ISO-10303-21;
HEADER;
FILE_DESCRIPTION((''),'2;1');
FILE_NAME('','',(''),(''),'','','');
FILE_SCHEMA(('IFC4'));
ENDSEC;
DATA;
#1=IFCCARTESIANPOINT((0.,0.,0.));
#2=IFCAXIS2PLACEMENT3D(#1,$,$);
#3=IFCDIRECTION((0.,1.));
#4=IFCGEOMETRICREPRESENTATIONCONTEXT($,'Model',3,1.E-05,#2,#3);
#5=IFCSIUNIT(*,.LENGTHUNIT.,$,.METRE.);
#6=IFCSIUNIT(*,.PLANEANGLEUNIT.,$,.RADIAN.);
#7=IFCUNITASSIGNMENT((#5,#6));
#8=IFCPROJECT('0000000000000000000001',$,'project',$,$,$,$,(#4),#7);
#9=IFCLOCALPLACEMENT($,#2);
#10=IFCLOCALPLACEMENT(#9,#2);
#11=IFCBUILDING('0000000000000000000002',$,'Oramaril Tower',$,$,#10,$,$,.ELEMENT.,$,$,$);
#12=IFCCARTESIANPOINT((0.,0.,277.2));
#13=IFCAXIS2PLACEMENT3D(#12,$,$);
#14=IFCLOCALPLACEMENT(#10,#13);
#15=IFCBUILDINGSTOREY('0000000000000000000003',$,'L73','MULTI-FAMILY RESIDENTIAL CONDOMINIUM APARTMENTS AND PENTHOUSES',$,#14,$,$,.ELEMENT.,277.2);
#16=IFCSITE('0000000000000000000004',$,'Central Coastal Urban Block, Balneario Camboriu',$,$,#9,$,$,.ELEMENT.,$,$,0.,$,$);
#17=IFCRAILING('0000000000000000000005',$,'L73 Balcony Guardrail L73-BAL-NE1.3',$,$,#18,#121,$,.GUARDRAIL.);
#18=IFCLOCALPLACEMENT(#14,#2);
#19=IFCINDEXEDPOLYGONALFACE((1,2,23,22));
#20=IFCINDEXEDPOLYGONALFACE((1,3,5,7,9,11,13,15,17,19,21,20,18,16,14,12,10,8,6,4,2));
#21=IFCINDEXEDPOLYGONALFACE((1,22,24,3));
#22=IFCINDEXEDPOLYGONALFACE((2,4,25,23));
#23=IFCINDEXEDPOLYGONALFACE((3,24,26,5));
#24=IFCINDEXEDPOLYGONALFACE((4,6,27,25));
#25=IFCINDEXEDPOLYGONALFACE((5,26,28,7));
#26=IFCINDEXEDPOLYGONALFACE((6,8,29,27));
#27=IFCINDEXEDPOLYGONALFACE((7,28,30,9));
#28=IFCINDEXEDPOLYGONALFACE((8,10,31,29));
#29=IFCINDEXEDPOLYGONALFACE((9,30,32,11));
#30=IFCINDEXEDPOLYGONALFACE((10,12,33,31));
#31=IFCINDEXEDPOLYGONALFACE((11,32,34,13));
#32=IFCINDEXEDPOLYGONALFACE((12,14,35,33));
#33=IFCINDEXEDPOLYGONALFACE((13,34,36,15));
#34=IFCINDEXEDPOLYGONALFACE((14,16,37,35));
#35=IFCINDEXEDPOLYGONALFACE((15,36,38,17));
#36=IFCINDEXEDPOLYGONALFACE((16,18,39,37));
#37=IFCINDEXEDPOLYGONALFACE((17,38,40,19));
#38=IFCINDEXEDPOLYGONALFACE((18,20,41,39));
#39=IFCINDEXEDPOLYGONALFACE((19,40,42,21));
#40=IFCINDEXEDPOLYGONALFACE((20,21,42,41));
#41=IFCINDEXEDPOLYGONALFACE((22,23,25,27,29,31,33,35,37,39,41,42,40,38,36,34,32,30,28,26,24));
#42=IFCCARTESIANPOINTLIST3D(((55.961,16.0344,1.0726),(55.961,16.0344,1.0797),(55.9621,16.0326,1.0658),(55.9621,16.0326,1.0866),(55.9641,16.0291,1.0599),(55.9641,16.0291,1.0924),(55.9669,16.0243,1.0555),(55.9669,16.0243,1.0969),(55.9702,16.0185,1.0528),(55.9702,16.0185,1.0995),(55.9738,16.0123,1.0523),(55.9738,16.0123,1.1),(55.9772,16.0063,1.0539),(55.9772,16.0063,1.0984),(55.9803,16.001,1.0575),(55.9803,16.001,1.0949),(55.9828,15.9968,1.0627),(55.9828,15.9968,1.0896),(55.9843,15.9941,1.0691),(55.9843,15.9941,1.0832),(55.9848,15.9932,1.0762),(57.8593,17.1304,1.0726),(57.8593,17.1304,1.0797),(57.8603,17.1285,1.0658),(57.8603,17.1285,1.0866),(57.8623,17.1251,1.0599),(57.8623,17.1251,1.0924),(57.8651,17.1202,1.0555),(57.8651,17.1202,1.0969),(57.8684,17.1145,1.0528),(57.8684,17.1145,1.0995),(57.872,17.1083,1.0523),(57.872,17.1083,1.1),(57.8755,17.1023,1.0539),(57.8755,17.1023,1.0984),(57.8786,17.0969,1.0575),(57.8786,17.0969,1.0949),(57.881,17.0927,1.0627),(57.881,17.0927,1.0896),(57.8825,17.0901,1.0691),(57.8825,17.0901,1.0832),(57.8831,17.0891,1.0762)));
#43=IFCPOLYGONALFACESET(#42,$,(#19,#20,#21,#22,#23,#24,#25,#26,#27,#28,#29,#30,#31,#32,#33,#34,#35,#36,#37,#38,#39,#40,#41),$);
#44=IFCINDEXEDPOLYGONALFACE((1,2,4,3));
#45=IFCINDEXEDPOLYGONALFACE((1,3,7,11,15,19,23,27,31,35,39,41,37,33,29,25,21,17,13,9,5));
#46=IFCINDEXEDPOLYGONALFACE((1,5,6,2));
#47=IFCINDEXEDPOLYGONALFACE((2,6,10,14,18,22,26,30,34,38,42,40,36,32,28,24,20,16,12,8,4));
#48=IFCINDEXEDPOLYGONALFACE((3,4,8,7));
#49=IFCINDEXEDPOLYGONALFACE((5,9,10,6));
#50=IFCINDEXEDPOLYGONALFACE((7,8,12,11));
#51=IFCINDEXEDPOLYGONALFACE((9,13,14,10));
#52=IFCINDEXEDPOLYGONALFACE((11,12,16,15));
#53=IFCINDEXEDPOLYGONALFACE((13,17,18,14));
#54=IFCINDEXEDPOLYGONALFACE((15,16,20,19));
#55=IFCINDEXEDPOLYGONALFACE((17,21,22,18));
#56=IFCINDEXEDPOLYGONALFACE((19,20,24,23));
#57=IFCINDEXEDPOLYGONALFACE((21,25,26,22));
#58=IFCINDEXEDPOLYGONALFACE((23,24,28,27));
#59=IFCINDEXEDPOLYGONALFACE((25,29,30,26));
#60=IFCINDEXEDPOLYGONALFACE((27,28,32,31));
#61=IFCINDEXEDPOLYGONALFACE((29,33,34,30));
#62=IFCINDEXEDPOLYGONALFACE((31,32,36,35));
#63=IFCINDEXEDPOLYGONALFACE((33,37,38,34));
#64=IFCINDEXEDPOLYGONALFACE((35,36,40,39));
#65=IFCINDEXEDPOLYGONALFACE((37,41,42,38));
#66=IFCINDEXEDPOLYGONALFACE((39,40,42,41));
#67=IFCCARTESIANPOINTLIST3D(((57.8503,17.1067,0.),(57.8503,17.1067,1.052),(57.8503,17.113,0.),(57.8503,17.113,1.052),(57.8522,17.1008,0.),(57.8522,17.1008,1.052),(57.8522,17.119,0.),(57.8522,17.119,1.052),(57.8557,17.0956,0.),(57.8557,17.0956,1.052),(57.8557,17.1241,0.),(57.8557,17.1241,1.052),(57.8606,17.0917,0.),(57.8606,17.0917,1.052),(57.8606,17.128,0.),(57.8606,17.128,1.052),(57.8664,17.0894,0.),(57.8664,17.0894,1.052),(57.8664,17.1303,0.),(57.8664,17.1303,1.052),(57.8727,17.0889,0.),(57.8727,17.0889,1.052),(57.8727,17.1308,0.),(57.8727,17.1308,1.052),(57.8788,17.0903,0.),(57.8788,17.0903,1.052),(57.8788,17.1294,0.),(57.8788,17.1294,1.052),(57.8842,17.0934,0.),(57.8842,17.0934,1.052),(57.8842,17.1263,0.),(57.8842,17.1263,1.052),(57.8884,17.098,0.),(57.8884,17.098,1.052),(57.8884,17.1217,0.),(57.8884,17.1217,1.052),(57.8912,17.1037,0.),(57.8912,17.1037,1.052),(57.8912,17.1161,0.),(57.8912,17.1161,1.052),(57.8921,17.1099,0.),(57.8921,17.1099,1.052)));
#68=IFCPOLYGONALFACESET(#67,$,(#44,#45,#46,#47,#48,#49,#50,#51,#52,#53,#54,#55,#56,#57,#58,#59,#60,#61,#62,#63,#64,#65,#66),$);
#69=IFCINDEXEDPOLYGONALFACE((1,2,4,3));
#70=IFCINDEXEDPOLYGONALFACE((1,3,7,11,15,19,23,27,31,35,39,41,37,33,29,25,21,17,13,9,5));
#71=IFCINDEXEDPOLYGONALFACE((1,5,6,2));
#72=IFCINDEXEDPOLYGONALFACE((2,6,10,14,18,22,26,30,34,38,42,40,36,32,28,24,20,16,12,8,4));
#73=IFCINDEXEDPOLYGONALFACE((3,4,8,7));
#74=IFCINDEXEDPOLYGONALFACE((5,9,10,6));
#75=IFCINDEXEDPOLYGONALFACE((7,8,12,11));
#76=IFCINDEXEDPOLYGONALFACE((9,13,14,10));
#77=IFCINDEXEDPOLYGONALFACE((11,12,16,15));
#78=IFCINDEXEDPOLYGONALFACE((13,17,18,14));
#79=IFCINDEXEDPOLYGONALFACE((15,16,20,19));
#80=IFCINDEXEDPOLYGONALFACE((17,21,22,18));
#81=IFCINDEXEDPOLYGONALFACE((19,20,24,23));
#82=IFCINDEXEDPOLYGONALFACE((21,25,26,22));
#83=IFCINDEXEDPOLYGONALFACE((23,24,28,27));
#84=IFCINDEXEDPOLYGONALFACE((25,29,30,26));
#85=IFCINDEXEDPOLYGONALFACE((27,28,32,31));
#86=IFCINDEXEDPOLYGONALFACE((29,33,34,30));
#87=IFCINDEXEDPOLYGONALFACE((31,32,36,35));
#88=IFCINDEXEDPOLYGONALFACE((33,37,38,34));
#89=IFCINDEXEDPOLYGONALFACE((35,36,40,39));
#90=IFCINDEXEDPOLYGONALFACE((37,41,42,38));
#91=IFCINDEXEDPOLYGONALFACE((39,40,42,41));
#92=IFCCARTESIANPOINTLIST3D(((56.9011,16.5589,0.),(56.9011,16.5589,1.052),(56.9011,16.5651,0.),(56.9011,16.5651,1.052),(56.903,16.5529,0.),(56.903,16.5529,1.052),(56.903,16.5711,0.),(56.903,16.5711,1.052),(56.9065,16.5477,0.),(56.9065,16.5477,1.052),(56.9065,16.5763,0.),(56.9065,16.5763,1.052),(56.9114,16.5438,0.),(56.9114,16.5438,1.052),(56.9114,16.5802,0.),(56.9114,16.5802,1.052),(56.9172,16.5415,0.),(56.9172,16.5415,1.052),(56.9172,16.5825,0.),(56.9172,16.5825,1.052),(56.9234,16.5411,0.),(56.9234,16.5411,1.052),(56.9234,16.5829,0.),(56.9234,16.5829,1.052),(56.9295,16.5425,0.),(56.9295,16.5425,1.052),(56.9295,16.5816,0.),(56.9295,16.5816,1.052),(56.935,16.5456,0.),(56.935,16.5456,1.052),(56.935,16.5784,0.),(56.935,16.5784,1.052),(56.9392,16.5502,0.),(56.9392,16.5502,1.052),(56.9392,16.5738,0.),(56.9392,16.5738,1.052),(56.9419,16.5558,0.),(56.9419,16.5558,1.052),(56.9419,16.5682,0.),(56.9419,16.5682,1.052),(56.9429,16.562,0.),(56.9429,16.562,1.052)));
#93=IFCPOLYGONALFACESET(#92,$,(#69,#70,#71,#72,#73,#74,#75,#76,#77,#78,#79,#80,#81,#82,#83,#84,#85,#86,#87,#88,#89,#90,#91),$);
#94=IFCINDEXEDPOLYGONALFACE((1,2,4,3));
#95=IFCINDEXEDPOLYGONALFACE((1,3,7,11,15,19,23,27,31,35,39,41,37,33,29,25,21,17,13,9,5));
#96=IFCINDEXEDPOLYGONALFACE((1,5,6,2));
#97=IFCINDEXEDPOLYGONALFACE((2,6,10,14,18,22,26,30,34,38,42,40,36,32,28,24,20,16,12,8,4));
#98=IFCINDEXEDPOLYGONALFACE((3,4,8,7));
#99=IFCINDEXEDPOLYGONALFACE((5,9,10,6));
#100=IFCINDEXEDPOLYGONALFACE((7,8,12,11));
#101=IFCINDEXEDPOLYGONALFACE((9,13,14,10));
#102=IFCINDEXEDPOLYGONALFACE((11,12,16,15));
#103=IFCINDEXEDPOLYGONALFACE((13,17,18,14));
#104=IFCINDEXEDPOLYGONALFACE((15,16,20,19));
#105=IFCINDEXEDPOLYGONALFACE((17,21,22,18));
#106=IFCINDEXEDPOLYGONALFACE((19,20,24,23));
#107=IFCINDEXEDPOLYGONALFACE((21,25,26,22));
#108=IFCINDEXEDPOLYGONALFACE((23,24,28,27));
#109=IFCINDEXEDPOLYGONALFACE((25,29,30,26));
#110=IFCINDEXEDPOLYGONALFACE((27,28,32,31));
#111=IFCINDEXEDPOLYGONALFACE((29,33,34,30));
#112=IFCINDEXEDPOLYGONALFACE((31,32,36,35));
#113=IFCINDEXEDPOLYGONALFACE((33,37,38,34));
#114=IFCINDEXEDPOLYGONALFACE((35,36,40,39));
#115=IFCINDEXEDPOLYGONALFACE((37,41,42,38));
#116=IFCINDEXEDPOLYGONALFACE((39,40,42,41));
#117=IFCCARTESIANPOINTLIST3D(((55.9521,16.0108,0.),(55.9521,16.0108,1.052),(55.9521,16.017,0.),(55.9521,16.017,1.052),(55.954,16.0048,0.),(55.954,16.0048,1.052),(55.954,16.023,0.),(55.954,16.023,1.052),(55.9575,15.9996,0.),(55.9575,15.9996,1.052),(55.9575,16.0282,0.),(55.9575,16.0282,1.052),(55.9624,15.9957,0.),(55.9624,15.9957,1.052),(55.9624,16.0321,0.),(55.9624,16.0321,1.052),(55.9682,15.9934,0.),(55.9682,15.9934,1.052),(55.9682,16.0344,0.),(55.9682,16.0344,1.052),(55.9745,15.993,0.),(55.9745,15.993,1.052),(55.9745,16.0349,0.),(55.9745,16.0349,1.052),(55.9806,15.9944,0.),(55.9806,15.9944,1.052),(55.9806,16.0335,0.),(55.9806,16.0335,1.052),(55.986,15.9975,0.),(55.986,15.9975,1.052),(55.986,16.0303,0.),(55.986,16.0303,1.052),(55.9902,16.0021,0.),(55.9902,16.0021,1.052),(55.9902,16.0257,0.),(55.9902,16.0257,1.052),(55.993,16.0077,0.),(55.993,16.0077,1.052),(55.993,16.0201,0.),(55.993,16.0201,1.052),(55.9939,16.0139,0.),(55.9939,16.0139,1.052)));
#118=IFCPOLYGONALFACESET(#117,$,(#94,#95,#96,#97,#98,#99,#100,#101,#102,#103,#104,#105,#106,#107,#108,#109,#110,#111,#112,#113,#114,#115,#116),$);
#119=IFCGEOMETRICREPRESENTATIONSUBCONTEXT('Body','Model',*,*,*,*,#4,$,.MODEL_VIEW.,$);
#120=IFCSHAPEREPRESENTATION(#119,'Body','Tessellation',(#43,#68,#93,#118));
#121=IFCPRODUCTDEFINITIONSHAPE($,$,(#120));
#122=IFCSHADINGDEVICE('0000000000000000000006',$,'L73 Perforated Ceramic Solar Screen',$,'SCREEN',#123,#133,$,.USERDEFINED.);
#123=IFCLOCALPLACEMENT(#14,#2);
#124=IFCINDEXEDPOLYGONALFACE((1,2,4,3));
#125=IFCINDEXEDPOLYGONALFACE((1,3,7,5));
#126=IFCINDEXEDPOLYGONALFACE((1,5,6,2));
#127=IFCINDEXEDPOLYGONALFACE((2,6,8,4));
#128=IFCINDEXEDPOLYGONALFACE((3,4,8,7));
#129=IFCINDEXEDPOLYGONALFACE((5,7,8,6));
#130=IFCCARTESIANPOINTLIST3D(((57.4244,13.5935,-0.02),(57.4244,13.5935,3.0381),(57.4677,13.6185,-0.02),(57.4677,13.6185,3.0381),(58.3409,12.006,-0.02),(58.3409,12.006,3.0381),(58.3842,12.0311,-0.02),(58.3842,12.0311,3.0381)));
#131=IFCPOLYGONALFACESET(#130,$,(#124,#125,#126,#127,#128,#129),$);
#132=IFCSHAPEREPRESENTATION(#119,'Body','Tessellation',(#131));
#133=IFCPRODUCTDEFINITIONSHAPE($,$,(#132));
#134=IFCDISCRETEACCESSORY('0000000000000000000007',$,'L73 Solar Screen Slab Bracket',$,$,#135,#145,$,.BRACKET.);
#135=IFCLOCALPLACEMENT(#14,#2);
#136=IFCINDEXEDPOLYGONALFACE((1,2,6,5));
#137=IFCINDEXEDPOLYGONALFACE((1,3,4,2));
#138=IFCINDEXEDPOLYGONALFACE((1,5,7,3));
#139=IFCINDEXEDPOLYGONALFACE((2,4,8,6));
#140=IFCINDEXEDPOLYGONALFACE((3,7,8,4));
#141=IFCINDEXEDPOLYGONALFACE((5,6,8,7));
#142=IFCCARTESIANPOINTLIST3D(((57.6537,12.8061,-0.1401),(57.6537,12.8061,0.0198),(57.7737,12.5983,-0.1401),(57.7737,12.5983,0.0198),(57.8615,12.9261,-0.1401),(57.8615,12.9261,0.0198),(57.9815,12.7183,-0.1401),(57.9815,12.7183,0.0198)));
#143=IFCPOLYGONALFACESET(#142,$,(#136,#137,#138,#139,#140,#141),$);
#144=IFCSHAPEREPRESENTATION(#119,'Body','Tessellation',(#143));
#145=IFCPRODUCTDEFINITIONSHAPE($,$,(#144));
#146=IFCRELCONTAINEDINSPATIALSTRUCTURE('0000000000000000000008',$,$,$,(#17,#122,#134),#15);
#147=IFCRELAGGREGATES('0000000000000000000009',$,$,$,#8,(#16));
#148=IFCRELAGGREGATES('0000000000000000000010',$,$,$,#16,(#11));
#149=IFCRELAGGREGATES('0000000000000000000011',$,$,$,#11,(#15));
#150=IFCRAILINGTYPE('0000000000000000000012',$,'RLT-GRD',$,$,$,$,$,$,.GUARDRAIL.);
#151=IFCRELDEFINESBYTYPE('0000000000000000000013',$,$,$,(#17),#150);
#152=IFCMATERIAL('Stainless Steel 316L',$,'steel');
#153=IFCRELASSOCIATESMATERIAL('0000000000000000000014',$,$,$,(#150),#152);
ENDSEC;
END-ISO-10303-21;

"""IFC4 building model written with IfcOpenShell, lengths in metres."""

from ifc_helpers import new_model, si_unit, direction, frame, origin, origin_2d, place, context, subcontext, project, spatial, rectangle, circle, extrude, material, type_object, element, save


model = new_model("IFC4")

# Units and contexts
model_context = context("Model", 3, precision=1e-05, world=origin(), true_north=direction((0.0, 1.0)))
body_context = subcontext(model_context, "Body", "Model", "MODEL_VIEW")
ifc_project = project(units=[si_unit("LENGTHUNIT", "METRE"), si_unit("PLANEANGLEUNIT", "RADIAN")], contexts=[model_context])

# Site, building, storey
site_placement = place(None, origin())
site = spatial("IfcSite", under=ifc_project, at=site_placement, Name="Central Coastal Urban Block, Balneario Camboriu", CompositionType="ELEMENT", RefElevation=0.0)
building_placement = place(site_placement, origin())
building = spatial("IfcBuilding", under=site, at=building_placement, Name="Oramaril Tower", CompositionType="ELEMENT")
storey_placement = place(building_placement, frame((0.0, 0.0, 277.2)))
storey = spatial("IfcBuildingStorey", under=building, at=storey_placement, Name="L73", Description="MULTI-FAMILY RESIDENTIAL CONDOMINIUM APARTMENTS AND PENTHOUSES", CompositionType="ELEMENT", Elevation=277.2)

# Railing
ifc_material_1 = material(Name="Stainless Steel 316L", Category="steel")
railing_type = type_object("IfcRailingType", Name="RLT-GRD", PredefinedType="GUARDRAIL", material=ifc_material_1)
railing_placement = place(storey_placement, frame((57.8711, 17.1099, 0.0)))
element("IfcRailing", 1, at=railing_placement, inside=storey, type_object=railing_type, Name="L73 Balcony Guardrail L73-BAL-NE1.3", PredefinedType="GUARDRAIL", context=body_context, shape_type="SweptSolid", body=[
    extrude(circle(Radius=0.0239, at=origin_2d()), frame((0.0, 0.0, 1.0762), z_axis=(-0.866021, -0.500008, 0.0), x_axis=(0.500008, -0.866021, 0.0)), (0.0, 0.0, 1.0), 2.1919),
    extrude(circle(Radius=0.021, at=origin_2d()), origin(), (0.0, 0.0, 1.0), 1.052),
    extrude(circle(Radius=0.021, at=origin_2d()), frame((-0.9492, -0.5479, 0.0)), (0.0, 0.0, 1.0), 1.052),
    extrude(circle(Radius=0.021, at=origin_2d()), frame((-1.8982, -1.0959, 0.0)), (0.0, 0.0, 1.0), 1.052),
])

# Shading device
shading_device_placement = place(storey_placement, frame((57.9043, 12.8123, -0.02), z_axis=(0.0, 0.0, 1.0), x_axis=(-0.499998, 0.866026, 0.0)))
element("IfcShadingDevice", 2, at=shading_device_placement, inside=storey, Name="L73 Perforated Ceramic Solar Screen", ObjectType="SCREEN", PredefinedType="USERDEFINED", context=body_context, shape_type="SweptSolid", body=[
    extrude(rectangle(XDim=1.833, YDim=0.05, at=origin_2d()), origin(), (0.0, 0.0, 1.0), 3.0581),
])

# Discrete accessory
discrete_accessory_placement = place(storey_placement, frame((57.8176, 12.7622, -0.1401), z_axis=(0.0, 0.0, 1.0), x_axis=(-0.499998, 0.866026, 0.0)))
element("IfcDiscreteAccessory", 3, at=discrete_accessory_placement, inside=storey, Name="L73 Solar Screen Slab Bracket", PredefinedType="BRACKET", context=body_context, shape_type="SweptSolid", body=[
    extrude(rectangle(XDim=0.24, YDim=0.24, at=origin_2d()), origin(), (0.0, 0.0, 1.0), 0.1599),
])

save(model, "model.ifc")
